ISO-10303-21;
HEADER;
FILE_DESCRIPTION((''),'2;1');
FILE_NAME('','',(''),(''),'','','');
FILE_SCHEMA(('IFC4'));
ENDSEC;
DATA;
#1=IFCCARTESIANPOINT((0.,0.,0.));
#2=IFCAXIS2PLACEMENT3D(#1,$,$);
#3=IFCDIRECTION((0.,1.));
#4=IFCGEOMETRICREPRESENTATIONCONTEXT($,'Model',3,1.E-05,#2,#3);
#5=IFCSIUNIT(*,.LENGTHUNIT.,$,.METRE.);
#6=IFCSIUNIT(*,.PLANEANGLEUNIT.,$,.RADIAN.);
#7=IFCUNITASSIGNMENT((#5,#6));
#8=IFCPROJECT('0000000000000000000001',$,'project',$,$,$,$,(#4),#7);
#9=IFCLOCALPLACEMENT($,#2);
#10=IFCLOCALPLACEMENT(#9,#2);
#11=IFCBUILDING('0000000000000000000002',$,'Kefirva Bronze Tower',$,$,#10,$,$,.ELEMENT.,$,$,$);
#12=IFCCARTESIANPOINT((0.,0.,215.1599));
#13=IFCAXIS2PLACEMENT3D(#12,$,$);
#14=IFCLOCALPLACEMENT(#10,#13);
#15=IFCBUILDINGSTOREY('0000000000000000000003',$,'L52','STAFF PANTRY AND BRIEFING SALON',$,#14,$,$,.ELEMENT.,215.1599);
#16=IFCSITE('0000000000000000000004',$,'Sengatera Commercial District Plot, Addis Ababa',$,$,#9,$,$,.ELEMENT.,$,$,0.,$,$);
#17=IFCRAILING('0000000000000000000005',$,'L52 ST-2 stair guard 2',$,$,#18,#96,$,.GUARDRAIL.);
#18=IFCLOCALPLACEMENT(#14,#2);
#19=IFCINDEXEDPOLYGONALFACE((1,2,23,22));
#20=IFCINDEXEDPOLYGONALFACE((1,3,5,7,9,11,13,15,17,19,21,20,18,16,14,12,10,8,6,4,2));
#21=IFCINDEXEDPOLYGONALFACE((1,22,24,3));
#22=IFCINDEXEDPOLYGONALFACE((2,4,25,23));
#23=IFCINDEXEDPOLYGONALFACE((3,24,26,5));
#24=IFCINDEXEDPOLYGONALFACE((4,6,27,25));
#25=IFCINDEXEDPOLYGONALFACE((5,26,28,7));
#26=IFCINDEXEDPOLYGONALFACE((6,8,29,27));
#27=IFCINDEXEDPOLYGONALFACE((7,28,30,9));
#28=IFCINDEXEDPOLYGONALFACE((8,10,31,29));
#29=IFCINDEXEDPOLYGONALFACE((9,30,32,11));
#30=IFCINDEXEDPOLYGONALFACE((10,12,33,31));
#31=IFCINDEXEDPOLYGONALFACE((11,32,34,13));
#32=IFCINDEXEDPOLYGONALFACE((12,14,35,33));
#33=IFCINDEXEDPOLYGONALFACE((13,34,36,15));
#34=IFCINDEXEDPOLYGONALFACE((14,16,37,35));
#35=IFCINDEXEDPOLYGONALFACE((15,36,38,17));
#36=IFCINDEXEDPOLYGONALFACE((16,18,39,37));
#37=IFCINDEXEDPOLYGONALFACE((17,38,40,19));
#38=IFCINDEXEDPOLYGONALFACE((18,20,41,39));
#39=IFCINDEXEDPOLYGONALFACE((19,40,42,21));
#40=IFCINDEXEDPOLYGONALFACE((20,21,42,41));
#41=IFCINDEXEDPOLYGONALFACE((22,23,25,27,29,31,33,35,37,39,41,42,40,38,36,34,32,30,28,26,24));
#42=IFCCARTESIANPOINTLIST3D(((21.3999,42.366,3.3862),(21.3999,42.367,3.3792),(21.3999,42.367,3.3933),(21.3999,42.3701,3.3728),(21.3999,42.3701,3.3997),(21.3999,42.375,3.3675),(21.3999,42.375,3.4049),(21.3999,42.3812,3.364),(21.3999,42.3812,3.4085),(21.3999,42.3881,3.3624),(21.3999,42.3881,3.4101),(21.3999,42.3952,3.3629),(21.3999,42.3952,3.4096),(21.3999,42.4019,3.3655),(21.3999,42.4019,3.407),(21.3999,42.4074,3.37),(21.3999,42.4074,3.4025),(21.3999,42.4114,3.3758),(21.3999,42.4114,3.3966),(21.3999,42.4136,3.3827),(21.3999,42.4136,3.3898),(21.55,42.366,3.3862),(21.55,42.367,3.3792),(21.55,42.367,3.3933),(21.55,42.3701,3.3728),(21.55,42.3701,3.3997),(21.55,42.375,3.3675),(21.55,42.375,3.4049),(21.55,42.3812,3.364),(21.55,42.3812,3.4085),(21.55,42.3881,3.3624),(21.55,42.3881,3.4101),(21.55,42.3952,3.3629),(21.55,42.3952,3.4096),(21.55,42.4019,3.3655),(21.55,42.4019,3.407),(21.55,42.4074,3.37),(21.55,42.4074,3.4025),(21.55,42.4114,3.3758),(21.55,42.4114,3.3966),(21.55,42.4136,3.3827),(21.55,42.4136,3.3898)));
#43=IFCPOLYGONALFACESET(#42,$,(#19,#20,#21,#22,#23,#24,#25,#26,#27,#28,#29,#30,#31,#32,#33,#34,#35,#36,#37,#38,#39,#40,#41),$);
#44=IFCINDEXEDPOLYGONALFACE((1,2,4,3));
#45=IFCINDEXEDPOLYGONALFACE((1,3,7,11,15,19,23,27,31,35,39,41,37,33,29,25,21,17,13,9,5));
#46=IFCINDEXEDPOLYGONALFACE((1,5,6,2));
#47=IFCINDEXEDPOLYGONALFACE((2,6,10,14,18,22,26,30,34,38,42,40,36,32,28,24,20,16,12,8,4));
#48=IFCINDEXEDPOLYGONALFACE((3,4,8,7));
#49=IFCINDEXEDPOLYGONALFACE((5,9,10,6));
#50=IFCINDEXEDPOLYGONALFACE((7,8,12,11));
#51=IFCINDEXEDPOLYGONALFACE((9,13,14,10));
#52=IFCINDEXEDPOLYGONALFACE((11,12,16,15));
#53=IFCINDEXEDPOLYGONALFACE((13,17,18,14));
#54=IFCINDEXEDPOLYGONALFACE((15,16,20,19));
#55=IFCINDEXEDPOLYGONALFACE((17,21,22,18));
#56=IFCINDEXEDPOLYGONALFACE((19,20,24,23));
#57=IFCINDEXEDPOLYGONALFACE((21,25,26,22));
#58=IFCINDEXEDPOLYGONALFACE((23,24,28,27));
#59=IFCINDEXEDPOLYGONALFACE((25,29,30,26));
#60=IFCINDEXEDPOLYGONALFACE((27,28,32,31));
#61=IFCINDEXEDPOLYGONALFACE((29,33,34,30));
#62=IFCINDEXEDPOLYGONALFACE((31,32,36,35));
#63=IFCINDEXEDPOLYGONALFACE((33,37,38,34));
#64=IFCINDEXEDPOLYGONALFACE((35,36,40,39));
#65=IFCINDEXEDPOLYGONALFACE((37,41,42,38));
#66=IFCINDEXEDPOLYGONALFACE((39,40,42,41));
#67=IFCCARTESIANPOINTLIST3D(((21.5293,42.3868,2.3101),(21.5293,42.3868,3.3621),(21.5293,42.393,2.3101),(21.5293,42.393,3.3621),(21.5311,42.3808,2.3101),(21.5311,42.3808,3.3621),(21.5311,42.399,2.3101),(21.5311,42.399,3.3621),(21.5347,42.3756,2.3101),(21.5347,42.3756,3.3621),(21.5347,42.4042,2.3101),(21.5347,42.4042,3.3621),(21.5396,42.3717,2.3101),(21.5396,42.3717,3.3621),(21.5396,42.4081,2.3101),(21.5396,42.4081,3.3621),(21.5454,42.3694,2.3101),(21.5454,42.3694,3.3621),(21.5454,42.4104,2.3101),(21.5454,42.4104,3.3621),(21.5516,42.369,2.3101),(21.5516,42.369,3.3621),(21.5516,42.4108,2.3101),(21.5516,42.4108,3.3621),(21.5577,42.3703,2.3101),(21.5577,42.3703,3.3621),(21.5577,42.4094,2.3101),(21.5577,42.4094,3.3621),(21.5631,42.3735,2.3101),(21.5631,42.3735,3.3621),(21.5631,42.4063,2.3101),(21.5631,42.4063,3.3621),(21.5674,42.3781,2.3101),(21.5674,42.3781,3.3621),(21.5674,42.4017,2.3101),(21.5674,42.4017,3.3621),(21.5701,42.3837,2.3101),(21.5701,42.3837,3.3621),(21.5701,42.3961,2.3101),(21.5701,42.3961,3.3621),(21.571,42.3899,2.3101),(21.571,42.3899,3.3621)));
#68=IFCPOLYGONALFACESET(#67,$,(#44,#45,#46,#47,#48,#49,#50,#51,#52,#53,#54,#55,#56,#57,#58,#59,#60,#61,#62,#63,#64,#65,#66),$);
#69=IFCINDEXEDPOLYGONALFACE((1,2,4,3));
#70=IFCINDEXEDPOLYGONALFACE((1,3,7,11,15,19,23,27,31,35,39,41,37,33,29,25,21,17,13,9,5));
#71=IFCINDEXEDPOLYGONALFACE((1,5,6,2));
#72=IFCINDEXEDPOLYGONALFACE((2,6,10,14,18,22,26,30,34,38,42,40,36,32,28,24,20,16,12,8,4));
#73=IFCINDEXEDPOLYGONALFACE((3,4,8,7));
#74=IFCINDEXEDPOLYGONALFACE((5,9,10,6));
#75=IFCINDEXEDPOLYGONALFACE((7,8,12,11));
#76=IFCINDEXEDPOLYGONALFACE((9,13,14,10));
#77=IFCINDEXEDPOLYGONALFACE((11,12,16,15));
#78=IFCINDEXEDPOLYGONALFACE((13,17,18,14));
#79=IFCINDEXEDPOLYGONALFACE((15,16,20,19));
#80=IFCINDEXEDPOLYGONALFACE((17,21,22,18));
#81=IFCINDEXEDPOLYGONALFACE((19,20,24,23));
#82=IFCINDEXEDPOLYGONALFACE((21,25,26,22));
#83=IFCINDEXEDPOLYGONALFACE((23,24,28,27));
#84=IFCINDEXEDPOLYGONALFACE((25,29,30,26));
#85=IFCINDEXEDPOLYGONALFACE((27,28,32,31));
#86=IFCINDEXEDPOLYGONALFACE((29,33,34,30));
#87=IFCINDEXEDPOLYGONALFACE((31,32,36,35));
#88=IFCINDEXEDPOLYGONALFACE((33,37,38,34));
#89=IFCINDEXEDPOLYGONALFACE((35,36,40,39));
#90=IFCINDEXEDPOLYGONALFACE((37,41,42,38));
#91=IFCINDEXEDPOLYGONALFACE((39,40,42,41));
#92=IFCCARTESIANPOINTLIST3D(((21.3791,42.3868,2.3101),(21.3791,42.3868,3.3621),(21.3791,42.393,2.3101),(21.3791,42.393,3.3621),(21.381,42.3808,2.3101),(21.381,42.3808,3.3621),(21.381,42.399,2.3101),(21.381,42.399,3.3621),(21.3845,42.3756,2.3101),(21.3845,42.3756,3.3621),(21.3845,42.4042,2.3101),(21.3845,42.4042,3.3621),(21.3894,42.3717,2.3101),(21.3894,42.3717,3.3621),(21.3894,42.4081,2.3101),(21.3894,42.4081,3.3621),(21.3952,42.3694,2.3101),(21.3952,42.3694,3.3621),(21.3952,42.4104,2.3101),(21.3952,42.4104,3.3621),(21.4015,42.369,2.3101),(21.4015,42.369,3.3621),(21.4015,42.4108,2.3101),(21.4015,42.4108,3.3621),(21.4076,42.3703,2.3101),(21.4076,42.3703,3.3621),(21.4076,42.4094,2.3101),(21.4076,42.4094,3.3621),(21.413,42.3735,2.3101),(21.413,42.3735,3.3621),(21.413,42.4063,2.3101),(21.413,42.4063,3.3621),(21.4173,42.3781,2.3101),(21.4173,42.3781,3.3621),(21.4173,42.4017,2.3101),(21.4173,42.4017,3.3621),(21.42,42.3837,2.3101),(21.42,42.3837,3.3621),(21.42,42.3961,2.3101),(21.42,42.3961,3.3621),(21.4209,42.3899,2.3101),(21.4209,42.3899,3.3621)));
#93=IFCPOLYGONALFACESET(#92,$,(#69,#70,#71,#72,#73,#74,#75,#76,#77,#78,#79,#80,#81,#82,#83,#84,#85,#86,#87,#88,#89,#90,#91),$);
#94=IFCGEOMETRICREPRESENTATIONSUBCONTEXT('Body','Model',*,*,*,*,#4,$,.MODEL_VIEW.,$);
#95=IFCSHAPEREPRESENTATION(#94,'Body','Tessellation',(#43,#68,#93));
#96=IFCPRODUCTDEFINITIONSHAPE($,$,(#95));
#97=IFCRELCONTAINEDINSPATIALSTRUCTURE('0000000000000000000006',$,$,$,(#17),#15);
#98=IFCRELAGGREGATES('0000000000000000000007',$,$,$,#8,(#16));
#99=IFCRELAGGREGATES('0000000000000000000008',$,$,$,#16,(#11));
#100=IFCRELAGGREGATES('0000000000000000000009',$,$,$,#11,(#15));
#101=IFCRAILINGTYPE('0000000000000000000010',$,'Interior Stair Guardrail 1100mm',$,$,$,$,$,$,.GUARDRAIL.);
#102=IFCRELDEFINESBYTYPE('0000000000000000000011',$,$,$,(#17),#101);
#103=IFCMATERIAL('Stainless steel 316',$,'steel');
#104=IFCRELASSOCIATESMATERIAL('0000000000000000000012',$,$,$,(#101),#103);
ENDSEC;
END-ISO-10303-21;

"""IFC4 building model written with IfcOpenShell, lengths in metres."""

from ifc_helpers import new_model, si_unit, direction, frame, origin, origin_2d, place, context, subcontext, project, spatial, circle, extrude, material, type_object, element, save


model = new_model("IFC4")

# Units and contexts
model_context = context("Model", 3, precision=1e-05, world=origin(), true_north=direction((0.0, 1.0)))
body_context = subcontext(model_context, "Body", "Model", "MODEL_VIEW")
ifc_project = project(units=[si_unit("LENGTHUNIT", "METRE"), si_unit("PLANEANGLEUNIT", "RADIAN")], contexts=[model_context])

# Site, building, storey
site_placement = place(None, origin())
site = spatial("IfcSite", under=ifc_project, at=site_placement, Name="Sengatera Commercial District Plot, Addis Ababa", CompositionType="ELEMENT", RefElevation=0.0)
building_placement = place(site_placement, origin())
building = spatial("IfcBuilding", under=site, at=building_placement, Name="Kefirva Bronze Tower", CompositionType="ELEMENT")
storey_placement = place(building_placement, frame((0.0, 0.0, 215.1599)))
storey = spatial("IfcBuildingStorey", under=building, at=storey_placement, Name="L52", Description="STAFF PANTRY AND BRIEFING SALON", CompositionType="ELEMENT", Elevation=215.1599)

# Shared definitions
ifc_material_1 = material(Name="Stainless steel 316", Category="steel")

# Railing
railing_type_1 = type_object("IfcRailingType", Name="Interior Stair Guardrail 1100mm", PredefinedType="GUARDRAIL", material=ifc_material_1)
railing_1_placement = place(storey_placement, frame((21.55, 42.3899, 2.3101)))
element("IfcRailing", 1, at=railing_1_placement, inside=storey, type_object=railing_type_1, Name="L52 ST-2 stair guard 2", PredefinedType="GUARDRAIL", context=body_context, shape_type="SweptSolid", body=[
    extrude(circle(Radius=0.0239, at=origin_2d()), frame((0.0, 0.0, 1.0762), z_axis=(-1.0, 0.0, 0.0), x_axis=(0.0, -1.0, 0.0)), (0.0, 0.0, 1.0), 0.1501),
    extrude(circle(Radius=0.021, at=origin_2d()), origin(), (0.0, 0.0, 1.0), 1.052),
    extrude(circle(Radius=0.021, at=origin_2d()), frame((-0.1501, 0.0, 0.0)), (0.0, 0.0, 1.0), 1.052),
])

save(model, "model.ifc")
